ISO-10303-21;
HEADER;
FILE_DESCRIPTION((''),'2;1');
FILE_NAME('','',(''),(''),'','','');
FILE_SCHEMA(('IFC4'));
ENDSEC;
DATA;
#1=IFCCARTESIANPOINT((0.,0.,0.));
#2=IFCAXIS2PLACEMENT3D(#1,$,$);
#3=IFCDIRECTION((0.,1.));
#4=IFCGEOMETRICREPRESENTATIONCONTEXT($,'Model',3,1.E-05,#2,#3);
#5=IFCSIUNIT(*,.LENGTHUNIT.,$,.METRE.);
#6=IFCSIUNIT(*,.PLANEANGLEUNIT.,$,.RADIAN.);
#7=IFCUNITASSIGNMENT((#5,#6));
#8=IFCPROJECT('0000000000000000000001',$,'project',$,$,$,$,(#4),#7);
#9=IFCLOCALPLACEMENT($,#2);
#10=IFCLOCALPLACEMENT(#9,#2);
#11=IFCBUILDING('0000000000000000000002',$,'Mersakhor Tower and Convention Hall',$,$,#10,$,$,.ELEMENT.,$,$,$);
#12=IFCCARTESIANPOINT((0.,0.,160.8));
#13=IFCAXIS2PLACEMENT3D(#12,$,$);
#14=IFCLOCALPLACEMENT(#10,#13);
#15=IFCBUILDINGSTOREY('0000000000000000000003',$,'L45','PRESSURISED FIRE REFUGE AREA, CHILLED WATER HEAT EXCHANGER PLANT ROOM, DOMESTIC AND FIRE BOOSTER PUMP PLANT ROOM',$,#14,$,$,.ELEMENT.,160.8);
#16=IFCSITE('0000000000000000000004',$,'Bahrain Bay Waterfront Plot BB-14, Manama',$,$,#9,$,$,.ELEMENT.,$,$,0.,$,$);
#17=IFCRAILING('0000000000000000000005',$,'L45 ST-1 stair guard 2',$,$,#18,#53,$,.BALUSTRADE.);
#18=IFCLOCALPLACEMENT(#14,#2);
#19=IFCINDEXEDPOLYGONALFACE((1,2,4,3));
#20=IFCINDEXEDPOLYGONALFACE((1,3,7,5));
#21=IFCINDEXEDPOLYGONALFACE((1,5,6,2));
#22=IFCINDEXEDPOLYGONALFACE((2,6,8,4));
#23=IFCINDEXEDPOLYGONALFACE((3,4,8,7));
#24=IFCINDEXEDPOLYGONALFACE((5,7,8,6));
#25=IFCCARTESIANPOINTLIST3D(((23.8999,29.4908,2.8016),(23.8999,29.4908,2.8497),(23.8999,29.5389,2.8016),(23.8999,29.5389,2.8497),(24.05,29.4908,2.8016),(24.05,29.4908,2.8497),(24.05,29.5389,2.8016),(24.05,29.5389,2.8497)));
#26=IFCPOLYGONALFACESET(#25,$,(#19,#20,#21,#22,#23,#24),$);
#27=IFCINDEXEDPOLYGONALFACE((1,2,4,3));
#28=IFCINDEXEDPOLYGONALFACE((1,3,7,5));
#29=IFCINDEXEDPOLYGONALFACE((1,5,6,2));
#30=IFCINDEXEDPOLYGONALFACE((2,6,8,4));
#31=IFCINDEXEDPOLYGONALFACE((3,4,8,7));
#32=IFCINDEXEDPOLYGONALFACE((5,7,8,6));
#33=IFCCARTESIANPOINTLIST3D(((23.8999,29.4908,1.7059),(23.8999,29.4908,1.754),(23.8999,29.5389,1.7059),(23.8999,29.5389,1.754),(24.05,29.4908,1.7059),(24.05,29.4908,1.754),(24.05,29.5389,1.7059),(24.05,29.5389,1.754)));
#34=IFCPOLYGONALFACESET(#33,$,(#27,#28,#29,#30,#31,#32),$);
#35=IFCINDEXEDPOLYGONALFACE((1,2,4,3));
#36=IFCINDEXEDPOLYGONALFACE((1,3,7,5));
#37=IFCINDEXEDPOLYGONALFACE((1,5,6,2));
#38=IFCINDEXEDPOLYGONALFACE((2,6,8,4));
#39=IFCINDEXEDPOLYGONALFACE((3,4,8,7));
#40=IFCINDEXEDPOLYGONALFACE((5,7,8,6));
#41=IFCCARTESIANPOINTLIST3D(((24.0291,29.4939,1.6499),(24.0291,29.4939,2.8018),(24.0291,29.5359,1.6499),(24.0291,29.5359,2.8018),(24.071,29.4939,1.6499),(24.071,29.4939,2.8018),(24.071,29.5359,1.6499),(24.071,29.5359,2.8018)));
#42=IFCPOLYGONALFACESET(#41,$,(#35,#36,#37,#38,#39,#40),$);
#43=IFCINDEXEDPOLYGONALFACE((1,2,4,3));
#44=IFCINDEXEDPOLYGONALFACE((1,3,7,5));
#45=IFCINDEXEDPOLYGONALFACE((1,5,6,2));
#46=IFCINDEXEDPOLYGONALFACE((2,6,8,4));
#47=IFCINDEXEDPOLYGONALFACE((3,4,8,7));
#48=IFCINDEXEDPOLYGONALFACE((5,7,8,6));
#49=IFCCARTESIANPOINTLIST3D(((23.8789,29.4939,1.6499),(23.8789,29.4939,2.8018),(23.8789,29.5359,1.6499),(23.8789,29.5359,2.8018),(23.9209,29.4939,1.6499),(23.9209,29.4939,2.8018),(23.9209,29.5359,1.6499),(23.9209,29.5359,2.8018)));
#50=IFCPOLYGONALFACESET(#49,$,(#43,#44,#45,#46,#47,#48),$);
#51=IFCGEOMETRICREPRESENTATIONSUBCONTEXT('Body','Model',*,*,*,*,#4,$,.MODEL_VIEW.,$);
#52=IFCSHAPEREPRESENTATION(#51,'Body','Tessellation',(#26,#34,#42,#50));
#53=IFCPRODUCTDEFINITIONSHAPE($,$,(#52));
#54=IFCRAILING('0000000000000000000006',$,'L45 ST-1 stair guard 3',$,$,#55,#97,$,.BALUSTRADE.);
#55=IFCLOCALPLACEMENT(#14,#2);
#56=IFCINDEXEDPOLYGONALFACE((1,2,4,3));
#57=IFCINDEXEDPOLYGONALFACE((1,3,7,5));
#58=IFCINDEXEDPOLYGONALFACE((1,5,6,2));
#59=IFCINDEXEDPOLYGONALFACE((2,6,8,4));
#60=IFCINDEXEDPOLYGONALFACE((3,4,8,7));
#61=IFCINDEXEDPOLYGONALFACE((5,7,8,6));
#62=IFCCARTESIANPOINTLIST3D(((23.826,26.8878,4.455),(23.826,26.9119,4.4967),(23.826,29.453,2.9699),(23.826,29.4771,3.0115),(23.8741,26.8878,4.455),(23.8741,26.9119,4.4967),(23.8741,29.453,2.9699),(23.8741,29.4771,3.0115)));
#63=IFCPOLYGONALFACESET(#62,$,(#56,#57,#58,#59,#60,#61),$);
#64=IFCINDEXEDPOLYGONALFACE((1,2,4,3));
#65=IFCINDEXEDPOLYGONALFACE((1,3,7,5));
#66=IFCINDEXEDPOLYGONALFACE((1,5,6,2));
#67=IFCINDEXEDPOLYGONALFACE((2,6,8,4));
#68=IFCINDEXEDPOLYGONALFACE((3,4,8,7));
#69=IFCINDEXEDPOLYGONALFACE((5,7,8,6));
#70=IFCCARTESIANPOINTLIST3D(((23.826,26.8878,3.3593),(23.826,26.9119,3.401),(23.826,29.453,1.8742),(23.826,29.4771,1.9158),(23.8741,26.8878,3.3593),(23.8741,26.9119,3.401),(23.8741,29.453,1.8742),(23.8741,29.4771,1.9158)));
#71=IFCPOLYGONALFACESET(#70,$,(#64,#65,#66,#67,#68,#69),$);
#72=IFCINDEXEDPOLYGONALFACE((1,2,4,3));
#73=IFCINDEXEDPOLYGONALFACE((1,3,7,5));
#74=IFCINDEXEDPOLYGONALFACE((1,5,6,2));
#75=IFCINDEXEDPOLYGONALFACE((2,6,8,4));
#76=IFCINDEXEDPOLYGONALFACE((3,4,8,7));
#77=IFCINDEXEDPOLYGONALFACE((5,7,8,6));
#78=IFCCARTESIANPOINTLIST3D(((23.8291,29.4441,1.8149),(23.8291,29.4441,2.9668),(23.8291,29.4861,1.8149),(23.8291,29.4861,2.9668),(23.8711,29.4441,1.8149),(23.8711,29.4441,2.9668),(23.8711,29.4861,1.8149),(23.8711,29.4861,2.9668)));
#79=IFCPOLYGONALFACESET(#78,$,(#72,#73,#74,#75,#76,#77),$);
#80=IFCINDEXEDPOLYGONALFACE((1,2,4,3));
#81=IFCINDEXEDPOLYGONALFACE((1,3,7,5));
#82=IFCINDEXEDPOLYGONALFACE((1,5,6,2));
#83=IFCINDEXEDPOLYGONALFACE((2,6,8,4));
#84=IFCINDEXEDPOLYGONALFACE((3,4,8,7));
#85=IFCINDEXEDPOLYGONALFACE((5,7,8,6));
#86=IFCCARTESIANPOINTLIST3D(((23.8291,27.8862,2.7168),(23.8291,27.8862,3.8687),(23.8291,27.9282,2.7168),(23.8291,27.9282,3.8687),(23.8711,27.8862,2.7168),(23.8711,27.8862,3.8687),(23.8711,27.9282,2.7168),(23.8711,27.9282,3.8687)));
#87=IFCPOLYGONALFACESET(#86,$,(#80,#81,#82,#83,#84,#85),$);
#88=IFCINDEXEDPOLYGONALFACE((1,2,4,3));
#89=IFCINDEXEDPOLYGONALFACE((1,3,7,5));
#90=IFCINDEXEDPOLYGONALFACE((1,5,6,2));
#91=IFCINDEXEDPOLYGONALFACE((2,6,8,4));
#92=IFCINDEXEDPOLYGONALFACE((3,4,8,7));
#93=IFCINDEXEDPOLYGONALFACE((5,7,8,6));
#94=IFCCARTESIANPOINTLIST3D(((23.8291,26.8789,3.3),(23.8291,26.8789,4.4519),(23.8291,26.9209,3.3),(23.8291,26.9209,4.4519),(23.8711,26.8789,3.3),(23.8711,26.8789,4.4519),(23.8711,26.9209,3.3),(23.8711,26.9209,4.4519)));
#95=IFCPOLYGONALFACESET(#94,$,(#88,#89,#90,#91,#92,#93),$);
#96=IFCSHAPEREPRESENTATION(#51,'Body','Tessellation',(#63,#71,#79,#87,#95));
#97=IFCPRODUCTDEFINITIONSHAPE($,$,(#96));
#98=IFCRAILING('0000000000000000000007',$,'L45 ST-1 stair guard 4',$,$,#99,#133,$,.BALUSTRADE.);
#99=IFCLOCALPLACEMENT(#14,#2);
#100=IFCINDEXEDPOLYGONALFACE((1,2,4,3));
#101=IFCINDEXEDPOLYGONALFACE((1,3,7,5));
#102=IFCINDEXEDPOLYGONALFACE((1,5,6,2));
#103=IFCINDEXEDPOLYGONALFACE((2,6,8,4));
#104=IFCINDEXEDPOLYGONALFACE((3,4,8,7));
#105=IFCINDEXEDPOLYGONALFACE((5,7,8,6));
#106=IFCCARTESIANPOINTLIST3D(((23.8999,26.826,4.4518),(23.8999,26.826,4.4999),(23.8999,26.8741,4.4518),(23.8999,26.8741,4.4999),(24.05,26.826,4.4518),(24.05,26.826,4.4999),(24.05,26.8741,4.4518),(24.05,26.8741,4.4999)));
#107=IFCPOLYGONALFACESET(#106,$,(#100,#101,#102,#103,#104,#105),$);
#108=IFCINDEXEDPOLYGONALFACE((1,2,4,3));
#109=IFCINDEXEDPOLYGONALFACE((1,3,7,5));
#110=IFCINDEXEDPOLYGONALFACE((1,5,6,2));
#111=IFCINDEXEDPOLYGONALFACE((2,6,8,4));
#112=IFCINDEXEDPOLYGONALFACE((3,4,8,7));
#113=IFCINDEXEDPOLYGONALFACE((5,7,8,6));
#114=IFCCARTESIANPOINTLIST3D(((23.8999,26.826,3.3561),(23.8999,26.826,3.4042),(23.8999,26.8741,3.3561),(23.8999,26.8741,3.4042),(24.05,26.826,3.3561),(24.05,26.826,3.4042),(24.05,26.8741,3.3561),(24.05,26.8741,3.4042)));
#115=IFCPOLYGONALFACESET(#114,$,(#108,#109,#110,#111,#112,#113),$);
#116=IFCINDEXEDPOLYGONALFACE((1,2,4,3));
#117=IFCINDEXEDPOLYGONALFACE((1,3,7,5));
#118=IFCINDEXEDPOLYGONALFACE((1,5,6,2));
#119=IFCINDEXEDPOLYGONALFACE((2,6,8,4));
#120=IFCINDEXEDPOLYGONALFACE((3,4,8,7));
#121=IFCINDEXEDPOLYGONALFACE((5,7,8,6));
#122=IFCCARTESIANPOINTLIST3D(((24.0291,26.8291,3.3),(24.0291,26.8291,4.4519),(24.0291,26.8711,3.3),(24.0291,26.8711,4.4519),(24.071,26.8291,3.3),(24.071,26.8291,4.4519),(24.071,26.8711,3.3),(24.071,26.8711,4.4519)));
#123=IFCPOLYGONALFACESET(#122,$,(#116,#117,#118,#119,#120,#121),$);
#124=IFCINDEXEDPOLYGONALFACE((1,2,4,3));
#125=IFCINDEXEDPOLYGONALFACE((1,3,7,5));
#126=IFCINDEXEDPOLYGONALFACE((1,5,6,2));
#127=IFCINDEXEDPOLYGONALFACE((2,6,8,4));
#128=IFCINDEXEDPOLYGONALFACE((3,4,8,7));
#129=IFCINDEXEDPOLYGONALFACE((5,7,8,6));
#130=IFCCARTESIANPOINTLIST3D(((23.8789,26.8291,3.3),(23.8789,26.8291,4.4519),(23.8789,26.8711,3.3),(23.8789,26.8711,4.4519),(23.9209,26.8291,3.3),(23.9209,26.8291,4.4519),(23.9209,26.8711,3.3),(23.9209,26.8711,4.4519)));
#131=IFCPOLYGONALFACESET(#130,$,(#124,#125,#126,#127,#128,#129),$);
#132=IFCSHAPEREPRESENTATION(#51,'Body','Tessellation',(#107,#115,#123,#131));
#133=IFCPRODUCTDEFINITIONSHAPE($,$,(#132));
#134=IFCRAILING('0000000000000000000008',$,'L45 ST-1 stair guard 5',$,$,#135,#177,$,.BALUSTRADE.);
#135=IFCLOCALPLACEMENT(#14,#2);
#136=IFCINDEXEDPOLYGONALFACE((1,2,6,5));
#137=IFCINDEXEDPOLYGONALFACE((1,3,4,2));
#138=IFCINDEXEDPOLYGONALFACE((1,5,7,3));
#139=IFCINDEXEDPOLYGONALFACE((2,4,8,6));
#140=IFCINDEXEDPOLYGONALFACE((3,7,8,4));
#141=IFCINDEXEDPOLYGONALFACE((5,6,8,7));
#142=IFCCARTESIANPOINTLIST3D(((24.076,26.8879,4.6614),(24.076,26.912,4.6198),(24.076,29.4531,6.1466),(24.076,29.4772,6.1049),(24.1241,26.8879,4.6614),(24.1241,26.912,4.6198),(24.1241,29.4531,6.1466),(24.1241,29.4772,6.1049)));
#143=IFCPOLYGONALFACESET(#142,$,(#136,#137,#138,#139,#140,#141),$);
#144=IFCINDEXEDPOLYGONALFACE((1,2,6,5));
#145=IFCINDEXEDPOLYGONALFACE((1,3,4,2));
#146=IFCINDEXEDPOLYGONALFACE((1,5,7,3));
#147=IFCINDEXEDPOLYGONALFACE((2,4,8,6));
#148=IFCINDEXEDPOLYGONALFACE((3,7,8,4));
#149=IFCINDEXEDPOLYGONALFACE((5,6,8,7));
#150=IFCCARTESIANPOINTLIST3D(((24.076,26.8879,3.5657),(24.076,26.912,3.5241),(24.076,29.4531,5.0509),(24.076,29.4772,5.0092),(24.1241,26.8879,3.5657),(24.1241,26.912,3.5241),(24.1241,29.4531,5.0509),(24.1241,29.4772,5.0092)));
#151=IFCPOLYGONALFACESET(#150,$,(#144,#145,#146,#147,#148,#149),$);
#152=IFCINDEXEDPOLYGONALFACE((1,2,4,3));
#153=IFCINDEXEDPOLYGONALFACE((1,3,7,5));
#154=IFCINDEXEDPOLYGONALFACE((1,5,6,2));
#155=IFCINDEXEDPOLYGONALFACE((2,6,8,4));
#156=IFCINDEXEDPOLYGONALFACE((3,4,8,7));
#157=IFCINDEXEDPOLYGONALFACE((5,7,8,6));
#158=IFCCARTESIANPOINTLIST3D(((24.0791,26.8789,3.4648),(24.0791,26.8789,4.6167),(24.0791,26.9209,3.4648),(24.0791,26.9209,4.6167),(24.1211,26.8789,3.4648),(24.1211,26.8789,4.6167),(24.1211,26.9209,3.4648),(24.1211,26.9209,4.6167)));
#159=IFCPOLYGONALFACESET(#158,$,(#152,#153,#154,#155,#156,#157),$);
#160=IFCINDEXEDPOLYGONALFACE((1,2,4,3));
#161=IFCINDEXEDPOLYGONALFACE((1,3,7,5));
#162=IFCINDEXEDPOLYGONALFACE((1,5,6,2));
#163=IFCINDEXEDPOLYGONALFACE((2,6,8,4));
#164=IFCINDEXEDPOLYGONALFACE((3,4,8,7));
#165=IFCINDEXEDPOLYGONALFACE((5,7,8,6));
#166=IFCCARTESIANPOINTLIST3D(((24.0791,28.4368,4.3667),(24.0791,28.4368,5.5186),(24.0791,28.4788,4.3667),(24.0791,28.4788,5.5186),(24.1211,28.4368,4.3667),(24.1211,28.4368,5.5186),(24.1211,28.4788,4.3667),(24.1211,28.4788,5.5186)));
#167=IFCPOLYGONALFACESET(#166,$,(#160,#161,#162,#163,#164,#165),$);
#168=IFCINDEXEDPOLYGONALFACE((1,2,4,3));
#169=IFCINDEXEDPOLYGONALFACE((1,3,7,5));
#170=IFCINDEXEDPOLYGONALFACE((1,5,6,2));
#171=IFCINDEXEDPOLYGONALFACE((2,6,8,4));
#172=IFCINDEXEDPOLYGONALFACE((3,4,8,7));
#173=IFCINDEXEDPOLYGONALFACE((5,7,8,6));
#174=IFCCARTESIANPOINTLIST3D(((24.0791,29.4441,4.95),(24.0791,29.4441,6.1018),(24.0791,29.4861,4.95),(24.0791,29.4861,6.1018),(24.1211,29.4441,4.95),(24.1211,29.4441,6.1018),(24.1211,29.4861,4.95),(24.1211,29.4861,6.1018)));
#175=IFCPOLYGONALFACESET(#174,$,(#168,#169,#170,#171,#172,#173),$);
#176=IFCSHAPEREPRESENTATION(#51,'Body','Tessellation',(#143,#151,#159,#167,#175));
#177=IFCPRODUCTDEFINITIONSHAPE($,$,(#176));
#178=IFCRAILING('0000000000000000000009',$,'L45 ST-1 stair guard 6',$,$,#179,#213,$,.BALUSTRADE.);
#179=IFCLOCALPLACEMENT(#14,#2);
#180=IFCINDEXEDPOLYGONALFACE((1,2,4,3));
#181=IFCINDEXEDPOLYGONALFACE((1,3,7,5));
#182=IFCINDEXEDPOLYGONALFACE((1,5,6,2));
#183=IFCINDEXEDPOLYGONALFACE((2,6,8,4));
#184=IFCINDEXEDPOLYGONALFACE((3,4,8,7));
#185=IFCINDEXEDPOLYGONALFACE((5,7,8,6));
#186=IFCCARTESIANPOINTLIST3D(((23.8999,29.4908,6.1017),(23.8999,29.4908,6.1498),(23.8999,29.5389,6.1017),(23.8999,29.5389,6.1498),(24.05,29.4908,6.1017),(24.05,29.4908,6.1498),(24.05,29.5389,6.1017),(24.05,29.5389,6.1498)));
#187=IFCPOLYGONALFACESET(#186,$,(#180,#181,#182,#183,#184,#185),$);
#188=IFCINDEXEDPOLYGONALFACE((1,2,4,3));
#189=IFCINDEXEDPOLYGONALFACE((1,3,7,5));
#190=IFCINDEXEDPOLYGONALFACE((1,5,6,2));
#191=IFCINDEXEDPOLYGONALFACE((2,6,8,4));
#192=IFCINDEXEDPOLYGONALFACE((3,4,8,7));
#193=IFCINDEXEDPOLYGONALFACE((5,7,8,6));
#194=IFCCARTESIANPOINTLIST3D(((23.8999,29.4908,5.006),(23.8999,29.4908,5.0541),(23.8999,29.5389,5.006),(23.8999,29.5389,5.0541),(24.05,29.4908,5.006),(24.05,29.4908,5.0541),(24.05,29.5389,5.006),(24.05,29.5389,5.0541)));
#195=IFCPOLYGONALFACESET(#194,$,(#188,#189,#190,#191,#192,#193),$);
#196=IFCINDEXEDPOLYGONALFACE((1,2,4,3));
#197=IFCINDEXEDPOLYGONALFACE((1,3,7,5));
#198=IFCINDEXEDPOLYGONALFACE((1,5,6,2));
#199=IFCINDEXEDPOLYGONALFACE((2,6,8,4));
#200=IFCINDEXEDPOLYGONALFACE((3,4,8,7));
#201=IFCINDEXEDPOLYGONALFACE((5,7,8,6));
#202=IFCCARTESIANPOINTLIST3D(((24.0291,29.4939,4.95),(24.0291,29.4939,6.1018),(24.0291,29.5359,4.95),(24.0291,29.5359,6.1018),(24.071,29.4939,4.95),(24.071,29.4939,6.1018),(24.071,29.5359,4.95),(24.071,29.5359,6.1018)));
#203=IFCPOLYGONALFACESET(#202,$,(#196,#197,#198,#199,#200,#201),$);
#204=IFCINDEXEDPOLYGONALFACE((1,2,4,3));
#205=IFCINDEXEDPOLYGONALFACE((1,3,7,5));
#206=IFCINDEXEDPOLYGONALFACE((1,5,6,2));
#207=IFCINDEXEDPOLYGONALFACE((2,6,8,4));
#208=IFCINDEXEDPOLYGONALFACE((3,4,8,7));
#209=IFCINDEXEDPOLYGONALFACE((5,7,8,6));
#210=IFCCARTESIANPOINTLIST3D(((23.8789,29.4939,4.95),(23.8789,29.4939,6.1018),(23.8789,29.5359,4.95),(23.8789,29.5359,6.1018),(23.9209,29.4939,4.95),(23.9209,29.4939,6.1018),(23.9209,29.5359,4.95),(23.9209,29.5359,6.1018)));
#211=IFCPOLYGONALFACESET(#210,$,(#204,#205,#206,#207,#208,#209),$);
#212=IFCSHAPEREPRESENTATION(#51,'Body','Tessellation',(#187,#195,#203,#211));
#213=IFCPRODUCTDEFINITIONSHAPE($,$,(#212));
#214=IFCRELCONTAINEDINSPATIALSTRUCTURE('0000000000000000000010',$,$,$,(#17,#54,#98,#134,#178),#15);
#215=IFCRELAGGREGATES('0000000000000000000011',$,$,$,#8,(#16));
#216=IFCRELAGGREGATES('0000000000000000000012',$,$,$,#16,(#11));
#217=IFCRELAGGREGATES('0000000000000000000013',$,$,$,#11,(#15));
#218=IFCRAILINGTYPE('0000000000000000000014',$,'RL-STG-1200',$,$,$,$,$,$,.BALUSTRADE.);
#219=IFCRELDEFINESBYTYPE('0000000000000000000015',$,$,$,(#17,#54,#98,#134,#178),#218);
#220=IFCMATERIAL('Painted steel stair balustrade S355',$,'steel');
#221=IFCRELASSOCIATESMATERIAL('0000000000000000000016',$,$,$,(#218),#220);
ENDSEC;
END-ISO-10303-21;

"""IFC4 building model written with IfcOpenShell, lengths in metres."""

from ifc_helpers import new_model, si_unit, direction, frame, origin, origin_2d, place, context, subcontext, project, spatial, rectangle, extrude, material, type_object, element, save


model = new_model("IFC4")

# Units and contexts
model_context = context("Model", 3, precision=1e-05, world=origin(), true_north=direction((0.0, 1.0)))
body_context = subcontext(model_context, "Body", "Model", "MODEL_VIEW")
ifc_project = project(units=[si_unit("LENGTHUNIT", "METRE"), si_unit("PLANEANGLEUNIT", "RADIAN")], contexts=[model_context])

# Site, building, storey
site_placement = place(None, origin())
site = spatial("IfcSite", under=ifc_project, at=site_placement, Name="Bahrain Bay Waterfront Plot BB-14, Manama", CompositionType="ELEMENT", RefElevation=0.0)
building_placement = place(site_placement, origin())
building = spatial("IfcBuilding", under=site, at=building_placement, Name="Mersakhor Tower and Convention Hall", CompositionType="ELEMENT")
storey_placement = place(building_placement, frame((0.0, 0.0, 160.8)))
storey = spatial("IfcBuildingStorey", under=building, at=storey_placement, Name="L45", Description="PRESSURISED FIRE REFUGE AREA, CHILLED WATER HEAT EXCHANGER PLANT ROOM, DOMESTIC AND FIRE BOOSTER PUMP PLANT ROOM", CompositionType="ELEMENT", Elevation=160.8)

# Railings
ifc_material_1 = material(Name="Painted steel stair balustrade S355", Category="steel")
railing_type_1 = type_object("IfcRailingType", Name="RL-STG-1200", PredefinedType="BALUSTRADE", material=ifc_material_1)
railing_1_placement = place(storey_placement, frame((24.05, 29.5149, 1.6499)))
element("IfcRailing", 1, at=railing_1_placement, inside=storey, type_object=railing_type_1, Name="L45 ST-1 stair guard 2", PredefinedType="BALUSTRADE", context=body_context, shape_type="SweptSolid", body=[
    extrude(rectangle(XDim=0.0481, YDim=0.0481, at=origin_2d()), frame((0.0, 0.0, 1.1758), z_axis=(-1.0, 0.0, 0.0), x_axis=(0.0, -1.0, 0.0)), (0.0, 0.0, 1.0), 0.1501),
    extrude(rectangle(XDim=0.0481, YDim=0.0481, at=origin_2d()), frame((0.0, 0.0, 0.0801), z_axis=(-1.0, 0.0, 0.0), x_axis=(0.0, -1.0, 0.0)), (0.0, 0.0, 1.0), 0.1501),
    extrude(rectangle(XDim=0.042, YDim=0.042, at=origin_2d()), origin(), (0.0, 0.0, 1.0), 1.1519),
    extrude(rectangle(XDim=0.042, YDim=0.042, at=origin_2d()), frame((-0.1501, 0.0, 0.0)), (0.0, 0.0, 1.0), 1.1519),
])
railing_2_placement = place(storey_placement, frame((23.8501, 29.4651, 1.8149)))
element("IfcRailing", 2, at=railing_2_placement, inside=storey, type_object=railing_type_1, Name="L45 ST-1 stair guard 3", PredefinedType="BALUSTRADE", context=body_context, shape_type="SweptSolid", body=[
    extrude(rectangle(XDim=0.0481, YDim=0.0481, at=origin_2d()), frame((0.0, 0.0, 1.1758), z_axis=(0.0, -0.865426, 0.501036), x_axis=(1.0, 0.0, 0.0)), (0.0, 0.0, 1.0), 2.9641),
    extrude(rectangle(XDim=0.0481, YDim=0.0481, at=origin_2d()), frame((0.0, 0.0, 0.0801), z_axis=(0.0, -0.865426, 0.501036), x_axis=(1.0, 0.0, 0.0)), (0.0, 0.0, 1.0), 2.9641),
    extrude(rectangle(XDim=0.042, YDim=0.042, at=origin_2d()), origin(), (0.0, 0.0, 1.0), 1.1519),
    extrude(rectangle(XDim=0.042, YDim=0.042, at=origin_2d()), frame((0.0, -1.5579, 0.9019)), (0.0, 0.0, 1.0), 1.1519),
    extrude(rectangle(XDim=0.042, YDim=0.042, at=origin_2d()), frame((0.0, -2.5652, 1.4851)), (0.0, 0.0, 1.0), 1.1519),
])
railing_3_placement = place(storey_placement, frame((24.05, 26.8501, 3.3)))
element("IfcRailing", 3, at=railing_3_placement, inside=storey, type_object=railing_type_1, Name="L45 ST-1 stair guard 4", PredefinedType="BALUSTRADE", context=body_context, shape_type="SweptSolid", body=[
    extrude(rectangle(XDim=0.0481, YDim=0.0481, at=origin_2d()), frame((0.0, 0.0, 1.1758), z_axis=(-1.0, 0.0, 0.0), x_axis=(0.0, -1.0, 0.0)), (0.0, 0.0, 1.0), 0.1501),
    extrude(rectangle(XDim=0.0481, YDim=0.0481, at=origin_2d()), frame((0.0, 0.0, 0.0801), z_axis=(-1.0, 0.0, 0.0), x_axis=(0.0, -1.0, 0.0)), (0.0, 0.0, 1.0), 0.1501),
    extrude(rectangle(XDim=0.042, YDim=0.042, at=origin_2d()), origin(), (0.0, 0.0, 1.0), 1.1519),
    extrude(rectangle(XDim=0.042, YDim=0.042, at=origin_2d()), frame((-0.1501, 0.0, 0.0)), (0.0, 0.0, 1.0), 1.1519),
])
railing_4_placement = place(storey_placement, frame((24.1001, 26.8999, 3.4648)))
element("IfcRailing", 4, at=railing_4_placement, inside=storey, type_object=railing_type_1, Name="L45 ST-1 stair guard 5", PredefinedType="BALUSTRADE", context=body_context, shape_type="SweptSolid", body=[
    extrude(rectangle(XDim=0.0481, YDim=0.0481, at=origin_2d()), frame((0.0, 0.0, 1.1758), z_axis=(0.0, 0.865426, 0.501036), x_axis=(-1.0, 0.0, 0.0)), (0.0, 0.0, 1.0), 2.9641),
    extrude(rectangle(XDim=0.0481, YDim=0.0481, at=origin_2d()), frame((0.0, 0.0, 0.0801), z_axis=(0.0, 0.865426, 0.501036), x_axis=(-1.0, 0.0, 0.0)), (0.0, 0.0, 1.0), 2.9641),
    extrude(rectangle(XDim=0.042, YDim=0.042, at=origin_2d()), origin(), (0.0, 0.0, 1.0), 1.1519),
    extrude(rectangle(XDim=0.042, YDim=0.042, at=origin_2d()), frame((0.0, 1.5579, 0.9019)), (0.0, 0.0, 1.0), 1.1519),
    extrude(rectangle(XDim=0.042, YDim=0.042, at=origin_2d()), frame((0.0, 2.5652, 1.4851)), (0.0, 0.0, 1.0), 1.1519),
])
railing_5_placement = place(storey_placement, frame((24.05, 29.5149, 4.95)))
element("IfcRailing", 5, at=railing_5_placement, inside=storey, type_object=railing_type_1, Name="L45 ST-1 stair guard 6", PredefinedType="BALUSTRADE", context=body_context, shape_type="SweptSolid", body=[
    extrude(rectangle(XDim=0.0481, YDim=0.0481, at=origin_2d()), frame((0.0, 0.0, 1.1758), z_axis=(-1.0, 0.0, 0.0), x_axis=(0.0, -1.0, 0.0)), (0.0, 0.0, 1.0), 0.1501),
    extrude(rectangle(XDim=0.0481, YDim=0.0481, at=origin_2d()), frame((0.0, 0.0, 0.0801), z_axis=(-1.0, 0.0, 0.0), x_axis=(0.0, -1.0, 0.0)), (0.0, 0.0, 1.0), 0.1501),
    extrude(rectangle(XDim=0.042, YDim=0.042, at=origin_2d()), origin(), (0.0, 0.0, 1.0), 1.1519),
    extrude(rectangle(XDim=0.042, YDim=0.042, at=origin_2d()), frame((-0.1501, 0.0, 0.0)), (0.0, 0.0, 1.0), 1.1519),
])

save(model, "model.ifc")
